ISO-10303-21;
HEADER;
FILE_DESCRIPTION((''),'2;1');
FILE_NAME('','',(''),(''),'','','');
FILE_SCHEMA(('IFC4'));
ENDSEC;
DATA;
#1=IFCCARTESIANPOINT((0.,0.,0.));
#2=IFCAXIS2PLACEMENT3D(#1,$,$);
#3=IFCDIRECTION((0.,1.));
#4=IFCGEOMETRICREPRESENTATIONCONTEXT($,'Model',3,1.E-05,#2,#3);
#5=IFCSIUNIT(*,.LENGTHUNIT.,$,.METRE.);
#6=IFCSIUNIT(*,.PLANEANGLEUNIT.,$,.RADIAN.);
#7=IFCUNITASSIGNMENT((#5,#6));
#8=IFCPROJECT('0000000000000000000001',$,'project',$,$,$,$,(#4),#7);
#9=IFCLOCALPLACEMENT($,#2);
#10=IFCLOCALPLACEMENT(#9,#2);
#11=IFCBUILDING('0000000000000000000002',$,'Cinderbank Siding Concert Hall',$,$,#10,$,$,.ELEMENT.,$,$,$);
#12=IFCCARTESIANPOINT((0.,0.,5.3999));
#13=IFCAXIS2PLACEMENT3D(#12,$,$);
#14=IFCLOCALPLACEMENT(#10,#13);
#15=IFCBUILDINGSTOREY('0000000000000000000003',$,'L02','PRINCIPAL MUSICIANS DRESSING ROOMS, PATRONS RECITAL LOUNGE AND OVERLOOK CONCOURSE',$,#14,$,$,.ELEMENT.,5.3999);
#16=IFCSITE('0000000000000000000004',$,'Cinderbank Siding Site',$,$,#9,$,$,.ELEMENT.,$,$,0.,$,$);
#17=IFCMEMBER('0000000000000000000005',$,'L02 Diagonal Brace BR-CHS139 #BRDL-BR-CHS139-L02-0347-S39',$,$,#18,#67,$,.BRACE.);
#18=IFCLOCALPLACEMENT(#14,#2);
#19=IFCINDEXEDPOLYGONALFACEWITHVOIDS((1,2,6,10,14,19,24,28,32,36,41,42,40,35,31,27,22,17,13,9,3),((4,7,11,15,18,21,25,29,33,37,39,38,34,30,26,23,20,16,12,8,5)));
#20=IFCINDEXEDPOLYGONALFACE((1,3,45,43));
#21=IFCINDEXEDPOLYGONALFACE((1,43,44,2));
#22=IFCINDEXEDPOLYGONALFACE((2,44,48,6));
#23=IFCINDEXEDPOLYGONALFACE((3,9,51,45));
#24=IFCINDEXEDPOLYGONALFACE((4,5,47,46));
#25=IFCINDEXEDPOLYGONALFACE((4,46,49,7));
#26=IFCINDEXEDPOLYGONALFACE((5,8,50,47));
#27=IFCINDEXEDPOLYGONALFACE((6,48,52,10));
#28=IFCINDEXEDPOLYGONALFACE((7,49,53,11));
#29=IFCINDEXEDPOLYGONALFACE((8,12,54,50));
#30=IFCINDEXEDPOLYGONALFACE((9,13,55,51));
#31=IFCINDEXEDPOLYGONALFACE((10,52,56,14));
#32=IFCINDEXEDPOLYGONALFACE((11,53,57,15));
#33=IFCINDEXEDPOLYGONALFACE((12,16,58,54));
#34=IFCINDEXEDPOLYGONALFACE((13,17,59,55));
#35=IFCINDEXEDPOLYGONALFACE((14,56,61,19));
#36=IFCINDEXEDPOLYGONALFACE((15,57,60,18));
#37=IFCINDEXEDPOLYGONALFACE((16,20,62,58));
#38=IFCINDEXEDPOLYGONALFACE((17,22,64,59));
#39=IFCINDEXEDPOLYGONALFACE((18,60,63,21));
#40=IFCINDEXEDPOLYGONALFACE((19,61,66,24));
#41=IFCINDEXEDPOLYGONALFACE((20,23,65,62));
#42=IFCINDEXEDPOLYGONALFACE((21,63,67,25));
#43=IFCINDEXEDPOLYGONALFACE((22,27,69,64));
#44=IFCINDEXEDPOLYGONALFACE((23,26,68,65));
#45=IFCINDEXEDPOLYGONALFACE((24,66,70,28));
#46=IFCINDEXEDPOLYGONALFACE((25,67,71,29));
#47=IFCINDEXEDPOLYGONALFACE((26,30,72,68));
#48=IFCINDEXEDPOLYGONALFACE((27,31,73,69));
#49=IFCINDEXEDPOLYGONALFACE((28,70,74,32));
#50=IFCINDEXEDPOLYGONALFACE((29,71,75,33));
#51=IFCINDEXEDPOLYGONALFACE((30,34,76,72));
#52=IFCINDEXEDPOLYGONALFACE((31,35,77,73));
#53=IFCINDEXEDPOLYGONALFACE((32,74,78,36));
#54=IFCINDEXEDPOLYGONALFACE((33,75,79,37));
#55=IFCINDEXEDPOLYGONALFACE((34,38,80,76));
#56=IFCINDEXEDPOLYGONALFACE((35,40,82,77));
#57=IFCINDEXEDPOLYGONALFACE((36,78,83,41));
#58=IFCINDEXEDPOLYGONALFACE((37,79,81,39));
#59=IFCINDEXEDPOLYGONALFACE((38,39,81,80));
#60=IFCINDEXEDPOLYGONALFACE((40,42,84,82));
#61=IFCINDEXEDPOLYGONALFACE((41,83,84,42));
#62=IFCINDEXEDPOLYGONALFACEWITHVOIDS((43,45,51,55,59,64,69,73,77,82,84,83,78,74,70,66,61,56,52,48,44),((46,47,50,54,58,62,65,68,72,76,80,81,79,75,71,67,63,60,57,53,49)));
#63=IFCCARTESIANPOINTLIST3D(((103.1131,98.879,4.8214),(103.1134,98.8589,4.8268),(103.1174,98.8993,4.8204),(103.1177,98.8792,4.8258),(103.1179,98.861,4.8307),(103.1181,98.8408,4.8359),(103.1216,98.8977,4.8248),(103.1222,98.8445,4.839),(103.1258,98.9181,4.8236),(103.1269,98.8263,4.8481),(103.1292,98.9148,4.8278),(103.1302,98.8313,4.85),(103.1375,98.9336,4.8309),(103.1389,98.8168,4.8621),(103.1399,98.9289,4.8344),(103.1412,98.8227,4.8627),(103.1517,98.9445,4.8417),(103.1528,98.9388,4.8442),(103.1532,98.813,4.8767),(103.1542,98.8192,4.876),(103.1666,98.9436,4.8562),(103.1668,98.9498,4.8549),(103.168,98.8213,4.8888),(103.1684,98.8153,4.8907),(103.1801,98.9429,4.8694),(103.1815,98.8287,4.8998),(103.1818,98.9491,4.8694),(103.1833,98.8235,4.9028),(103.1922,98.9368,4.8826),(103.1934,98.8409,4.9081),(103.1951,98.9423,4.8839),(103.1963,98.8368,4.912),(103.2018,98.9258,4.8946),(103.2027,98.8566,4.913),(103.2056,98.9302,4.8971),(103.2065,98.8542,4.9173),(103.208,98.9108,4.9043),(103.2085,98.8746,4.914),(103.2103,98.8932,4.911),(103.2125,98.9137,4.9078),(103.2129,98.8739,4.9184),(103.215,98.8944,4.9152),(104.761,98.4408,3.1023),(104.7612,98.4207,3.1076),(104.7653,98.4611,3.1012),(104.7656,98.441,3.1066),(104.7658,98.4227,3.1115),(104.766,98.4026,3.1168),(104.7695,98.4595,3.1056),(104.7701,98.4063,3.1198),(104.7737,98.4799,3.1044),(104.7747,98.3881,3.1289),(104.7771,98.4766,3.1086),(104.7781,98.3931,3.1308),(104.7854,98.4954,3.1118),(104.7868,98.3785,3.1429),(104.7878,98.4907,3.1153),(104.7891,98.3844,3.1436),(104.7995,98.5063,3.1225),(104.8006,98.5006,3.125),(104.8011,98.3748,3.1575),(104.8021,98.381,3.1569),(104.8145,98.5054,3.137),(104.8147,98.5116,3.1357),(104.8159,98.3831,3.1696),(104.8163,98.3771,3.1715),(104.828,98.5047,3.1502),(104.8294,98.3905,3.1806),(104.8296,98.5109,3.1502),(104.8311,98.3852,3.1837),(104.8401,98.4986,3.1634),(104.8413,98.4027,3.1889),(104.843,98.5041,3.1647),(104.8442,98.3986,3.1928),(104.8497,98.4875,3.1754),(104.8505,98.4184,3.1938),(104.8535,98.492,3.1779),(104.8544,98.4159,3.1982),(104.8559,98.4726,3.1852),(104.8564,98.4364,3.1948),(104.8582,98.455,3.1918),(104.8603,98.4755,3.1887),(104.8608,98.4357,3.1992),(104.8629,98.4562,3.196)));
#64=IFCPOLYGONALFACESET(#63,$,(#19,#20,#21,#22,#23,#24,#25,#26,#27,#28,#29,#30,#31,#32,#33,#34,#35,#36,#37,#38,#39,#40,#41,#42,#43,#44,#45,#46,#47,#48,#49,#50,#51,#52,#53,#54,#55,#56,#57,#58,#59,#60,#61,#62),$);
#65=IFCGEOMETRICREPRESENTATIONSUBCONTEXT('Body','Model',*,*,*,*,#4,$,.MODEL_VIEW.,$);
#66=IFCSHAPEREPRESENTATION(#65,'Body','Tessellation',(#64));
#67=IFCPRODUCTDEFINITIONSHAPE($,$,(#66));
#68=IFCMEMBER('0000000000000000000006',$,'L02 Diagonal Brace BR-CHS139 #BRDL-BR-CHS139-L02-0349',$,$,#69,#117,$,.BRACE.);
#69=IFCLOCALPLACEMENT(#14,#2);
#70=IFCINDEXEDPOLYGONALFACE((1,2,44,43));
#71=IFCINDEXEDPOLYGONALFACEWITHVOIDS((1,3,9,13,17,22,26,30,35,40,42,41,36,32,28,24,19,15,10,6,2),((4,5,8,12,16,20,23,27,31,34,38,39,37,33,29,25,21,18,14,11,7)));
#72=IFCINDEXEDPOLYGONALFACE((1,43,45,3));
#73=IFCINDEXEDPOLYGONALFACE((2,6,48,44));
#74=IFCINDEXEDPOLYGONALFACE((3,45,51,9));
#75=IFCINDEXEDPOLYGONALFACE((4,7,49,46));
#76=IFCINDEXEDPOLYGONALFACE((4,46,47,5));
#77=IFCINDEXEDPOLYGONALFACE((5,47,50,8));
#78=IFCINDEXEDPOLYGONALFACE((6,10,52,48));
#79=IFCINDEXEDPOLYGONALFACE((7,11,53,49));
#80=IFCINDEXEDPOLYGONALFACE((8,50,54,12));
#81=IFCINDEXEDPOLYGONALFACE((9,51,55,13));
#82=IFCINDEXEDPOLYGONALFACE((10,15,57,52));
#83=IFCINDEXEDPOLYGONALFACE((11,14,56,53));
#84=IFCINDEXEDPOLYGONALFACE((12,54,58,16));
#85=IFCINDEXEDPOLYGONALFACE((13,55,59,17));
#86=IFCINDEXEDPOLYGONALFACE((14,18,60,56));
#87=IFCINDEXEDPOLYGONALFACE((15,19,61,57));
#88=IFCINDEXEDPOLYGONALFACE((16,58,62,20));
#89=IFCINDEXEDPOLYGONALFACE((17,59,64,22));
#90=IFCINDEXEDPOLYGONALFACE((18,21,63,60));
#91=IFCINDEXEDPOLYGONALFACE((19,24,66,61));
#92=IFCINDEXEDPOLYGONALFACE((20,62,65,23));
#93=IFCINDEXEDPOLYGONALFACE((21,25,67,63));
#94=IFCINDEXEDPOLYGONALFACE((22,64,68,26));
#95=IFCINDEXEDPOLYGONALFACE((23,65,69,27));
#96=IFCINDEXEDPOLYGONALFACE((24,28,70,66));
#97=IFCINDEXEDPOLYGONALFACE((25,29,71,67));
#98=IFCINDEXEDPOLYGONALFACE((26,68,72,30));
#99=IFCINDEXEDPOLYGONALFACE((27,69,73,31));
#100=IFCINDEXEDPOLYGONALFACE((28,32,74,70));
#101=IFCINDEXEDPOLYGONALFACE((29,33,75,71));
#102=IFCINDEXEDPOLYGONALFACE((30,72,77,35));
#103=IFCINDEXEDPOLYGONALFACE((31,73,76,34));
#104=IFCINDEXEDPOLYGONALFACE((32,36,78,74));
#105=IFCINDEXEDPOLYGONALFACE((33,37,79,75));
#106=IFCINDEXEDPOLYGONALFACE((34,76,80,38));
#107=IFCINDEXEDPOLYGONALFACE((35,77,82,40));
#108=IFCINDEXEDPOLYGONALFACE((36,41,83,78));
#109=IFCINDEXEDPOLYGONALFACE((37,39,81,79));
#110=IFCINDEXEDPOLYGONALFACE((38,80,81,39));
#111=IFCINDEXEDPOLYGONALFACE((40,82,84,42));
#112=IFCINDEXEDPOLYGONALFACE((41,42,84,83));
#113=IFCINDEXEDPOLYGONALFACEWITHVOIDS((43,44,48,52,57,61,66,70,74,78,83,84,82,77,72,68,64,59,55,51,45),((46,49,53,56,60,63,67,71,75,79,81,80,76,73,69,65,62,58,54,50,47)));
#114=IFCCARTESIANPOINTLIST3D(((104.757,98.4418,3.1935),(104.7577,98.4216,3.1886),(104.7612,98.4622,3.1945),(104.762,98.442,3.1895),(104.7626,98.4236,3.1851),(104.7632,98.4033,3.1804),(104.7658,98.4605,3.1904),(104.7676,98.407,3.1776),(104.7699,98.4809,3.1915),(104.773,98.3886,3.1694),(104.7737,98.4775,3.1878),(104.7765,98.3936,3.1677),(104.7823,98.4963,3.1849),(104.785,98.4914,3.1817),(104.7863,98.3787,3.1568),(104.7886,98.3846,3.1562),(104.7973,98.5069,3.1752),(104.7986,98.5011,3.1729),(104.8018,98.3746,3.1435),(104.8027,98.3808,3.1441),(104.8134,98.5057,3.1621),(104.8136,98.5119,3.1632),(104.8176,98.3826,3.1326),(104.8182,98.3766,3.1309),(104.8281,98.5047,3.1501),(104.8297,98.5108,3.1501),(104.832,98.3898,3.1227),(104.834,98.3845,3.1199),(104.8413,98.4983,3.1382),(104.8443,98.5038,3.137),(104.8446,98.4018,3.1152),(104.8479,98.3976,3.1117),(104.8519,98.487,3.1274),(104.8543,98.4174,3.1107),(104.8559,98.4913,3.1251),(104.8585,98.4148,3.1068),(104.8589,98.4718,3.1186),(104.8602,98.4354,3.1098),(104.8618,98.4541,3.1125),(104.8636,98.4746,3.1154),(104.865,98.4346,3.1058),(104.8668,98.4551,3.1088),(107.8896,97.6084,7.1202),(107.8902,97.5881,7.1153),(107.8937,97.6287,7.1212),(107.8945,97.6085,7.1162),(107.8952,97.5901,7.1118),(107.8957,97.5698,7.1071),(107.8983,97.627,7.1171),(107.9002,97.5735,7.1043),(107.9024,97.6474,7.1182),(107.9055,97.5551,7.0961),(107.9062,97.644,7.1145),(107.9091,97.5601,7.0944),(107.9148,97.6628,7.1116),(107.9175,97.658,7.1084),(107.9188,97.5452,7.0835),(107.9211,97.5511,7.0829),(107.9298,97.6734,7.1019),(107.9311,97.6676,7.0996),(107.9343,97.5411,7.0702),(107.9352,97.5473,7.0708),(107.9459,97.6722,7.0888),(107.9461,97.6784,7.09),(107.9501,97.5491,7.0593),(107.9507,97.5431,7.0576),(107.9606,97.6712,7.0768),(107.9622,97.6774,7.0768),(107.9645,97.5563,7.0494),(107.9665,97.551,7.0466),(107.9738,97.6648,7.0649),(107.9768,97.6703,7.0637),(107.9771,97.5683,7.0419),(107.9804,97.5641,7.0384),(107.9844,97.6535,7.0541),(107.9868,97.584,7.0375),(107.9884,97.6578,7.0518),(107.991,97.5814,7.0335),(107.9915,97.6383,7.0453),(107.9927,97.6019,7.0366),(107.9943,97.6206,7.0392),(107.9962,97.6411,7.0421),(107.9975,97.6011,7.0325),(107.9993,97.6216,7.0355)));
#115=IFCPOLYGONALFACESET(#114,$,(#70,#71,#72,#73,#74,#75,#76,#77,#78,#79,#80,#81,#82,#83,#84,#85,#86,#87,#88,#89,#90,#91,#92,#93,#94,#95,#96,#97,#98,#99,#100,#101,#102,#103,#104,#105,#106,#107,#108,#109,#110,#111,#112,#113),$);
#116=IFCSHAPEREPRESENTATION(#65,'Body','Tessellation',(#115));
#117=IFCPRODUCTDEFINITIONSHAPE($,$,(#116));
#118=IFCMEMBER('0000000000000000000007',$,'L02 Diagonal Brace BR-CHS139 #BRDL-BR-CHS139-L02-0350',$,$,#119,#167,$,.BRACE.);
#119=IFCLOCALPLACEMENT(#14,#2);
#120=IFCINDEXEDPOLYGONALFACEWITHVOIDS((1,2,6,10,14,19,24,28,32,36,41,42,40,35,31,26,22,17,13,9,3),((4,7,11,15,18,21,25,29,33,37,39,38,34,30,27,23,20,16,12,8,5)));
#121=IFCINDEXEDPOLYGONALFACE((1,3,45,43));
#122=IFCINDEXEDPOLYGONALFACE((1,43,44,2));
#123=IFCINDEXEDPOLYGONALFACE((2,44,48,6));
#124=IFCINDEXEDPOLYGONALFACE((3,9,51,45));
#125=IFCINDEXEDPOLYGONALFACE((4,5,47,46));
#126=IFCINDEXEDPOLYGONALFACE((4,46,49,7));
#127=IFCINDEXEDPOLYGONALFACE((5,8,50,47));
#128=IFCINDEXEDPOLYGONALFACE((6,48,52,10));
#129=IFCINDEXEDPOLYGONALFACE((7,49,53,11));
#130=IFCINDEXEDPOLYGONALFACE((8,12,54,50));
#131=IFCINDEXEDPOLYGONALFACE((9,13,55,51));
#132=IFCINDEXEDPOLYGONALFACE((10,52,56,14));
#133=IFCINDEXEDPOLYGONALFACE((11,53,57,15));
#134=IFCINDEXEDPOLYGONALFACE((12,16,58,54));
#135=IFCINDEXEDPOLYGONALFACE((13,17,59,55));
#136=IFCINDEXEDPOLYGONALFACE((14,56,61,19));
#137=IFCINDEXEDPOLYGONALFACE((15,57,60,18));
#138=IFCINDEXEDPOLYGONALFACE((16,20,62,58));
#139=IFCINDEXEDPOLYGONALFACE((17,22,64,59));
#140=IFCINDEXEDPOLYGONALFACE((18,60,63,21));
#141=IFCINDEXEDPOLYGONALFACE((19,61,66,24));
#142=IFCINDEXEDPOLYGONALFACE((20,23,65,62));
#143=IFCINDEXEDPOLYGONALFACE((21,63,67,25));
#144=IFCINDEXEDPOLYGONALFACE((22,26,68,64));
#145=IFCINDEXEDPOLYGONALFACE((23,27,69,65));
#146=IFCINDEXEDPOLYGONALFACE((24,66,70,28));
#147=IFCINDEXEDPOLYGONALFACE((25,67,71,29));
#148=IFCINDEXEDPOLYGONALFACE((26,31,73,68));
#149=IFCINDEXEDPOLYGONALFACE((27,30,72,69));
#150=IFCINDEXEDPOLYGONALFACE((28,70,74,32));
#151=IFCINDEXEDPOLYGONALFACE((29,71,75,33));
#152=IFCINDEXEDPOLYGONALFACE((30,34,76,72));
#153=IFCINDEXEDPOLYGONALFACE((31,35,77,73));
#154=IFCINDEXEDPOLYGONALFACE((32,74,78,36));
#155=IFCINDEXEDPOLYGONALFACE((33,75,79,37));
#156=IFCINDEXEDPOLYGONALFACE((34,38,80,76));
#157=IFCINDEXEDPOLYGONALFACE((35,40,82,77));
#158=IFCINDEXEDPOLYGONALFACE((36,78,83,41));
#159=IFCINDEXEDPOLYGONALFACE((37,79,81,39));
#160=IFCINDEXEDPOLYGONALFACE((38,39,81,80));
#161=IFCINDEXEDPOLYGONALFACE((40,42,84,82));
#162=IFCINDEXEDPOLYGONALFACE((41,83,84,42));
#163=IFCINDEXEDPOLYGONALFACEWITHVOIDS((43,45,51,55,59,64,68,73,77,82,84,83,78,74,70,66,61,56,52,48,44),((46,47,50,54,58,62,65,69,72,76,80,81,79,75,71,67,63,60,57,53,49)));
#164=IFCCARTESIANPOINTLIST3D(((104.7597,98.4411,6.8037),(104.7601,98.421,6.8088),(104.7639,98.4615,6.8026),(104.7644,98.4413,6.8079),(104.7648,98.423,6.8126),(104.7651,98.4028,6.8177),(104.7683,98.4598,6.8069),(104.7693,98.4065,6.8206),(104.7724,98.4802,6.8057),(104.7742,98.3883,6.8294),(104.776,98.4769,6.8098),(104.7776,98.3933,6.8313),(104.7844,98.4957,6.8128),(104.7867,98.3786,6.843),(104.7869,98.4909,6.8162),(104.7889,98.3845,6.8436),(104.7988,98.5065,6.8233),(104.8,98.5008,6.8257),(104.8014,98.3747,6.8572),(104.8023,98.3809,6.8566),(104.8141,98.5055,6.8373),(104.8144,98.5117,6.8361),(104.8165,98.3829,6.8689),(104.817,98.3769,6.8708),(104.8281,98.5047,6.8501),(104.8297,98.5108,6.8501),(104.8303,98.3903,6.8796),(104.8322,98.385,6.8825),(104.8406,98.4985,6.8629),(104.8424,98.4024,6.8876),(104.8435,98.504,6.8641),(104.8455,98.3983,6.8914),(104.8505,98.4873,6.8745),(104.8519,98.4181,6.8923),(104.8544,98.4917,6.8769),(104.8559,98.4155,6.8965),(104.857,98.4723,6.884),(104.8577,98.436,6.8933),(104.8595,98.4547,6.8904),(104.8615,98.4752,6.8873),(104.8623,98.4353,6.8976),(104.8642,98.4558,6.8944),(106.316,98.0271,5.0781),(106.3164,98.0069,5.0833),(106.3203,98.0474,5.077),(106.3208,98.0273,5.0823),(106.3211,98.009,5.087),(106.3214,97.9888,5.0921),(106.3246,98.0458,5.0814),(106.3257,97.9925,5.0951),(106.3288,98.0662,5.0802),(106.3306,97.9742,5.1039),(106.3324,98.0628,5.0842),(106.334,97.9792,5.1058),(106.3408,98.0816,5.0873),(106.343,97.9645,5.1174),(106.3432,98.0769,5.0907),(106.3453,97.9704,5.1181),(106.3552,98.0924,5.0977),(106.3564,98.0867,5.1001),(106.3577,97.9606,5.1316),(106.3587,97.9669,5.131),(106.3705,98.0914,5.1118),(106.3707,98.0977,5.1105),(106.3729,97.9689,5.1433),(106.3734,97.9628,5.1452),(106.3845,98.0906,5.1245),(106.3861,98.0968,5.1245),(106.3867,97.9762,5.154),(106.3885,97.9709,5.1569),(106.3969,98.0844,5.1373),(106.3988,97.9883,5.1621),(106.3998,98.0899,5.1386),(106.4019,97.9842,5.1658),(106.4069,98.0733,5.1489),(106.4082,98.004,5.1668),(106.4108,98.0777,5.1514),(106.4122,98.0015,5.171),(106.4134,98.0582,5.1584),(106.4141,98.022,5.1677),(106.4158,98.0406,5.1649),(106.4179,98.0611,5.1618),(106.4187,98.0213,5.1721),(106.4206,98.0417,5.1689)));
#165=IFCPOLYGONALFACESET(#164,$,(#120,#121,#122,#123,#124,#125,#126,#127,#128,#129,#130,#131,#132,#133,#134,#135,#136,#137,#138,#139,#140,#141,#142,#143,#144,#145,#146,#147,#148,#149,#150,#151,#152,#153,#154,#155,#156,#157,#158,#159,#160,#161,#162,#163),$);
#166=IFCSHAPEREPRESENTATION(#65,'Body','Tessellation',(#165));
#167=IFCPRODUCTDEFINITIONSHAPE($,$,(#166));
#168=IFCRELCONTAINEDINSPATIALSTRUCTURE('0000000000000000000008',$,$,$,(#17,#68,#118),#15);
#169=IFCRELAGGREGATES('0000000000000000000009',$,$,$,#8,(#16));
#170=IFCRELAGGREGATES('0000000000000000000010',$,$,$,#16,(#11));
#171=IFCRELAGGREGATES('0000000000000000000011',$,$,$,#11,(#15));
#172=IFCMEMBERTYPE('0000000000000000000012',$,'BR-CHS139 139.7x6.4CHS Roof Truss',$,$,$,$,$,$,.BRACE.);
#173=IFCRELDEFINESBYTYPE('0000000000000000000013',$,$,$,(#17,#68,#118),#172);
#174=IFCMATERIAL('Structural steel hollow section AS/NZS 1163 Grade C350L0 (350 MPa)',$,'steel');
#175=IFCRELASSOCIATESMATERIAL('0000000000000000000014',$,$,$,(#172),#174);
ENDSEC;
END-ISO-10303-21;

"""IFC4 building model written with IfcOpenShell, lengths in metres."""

from ifc_helpers import new_model, si_unit, direction, frame, origin, origin_2d, place, context, subcontext, project, spatial, hollow_circle, extrude, material, material_profile, profile_set, type_object, element, save


model = new_model("IFC4")

# Units and contexts
model_context = context("Model", 3, precision=1e-05, world=origin(), true_north=direction((0.0, 1.0)))
body_context = subcontext(model_context, "Body", "Model", "MODEL_VIEW")
ifc_project = project(units=[si_unit("LENGTHUNIT", "METRE"), si_unit("PLANEANGLEUNIT", "RADIAN")], contexts=[model_context])

# Site, building, storey
site_placement = place(None, origin())
site = spatial("IfcSite", under=ifc_project, at=site_placement, Name="Cinderbank Siding Site", CompositionType="ELEMENT", RefElevation=0.0)
building_placement = place(site_placement, origin())
building = spatial("IfcBuilding", under=site, at=building_placement, Name="Cinderbank Siding Concert Hall", CompositionType="ELEMENT")
storey_placement = place(building_placement, frame((0.0, 0.0, 5.3999)))
storey = spatial("IfcBuildingStorey", under=building, at=storey_placement, Name="L02", Description="PRINCIPAL MUSICIANS DRESSING ROOMS, PATRONS RECITAL LOUNGE AND OVERLOOK CONCOURSE", CompositionType="ELEMENT", Elevation=5.3999)

# Members
ifc_material_1 = material(Name="Structural steel hollow section AS/NZS 1163 Grade C350L0 (350 MPa)", Category="steel")
ifc_material_profile_1 = material_profile(ifc_material_1, hollow_circle(Radius=0.0698, WallThickness=0.0063, at=origin_2d()), Name="139.7x6.4CHS", Category="LoadBearing")
ifc_profile_set_1 = profile_set([ifc_material_profile_1], Name="Structural steel hollow section AS/NZS 1163 Grade C350L0 (350 MPa)")
member_type_1 = type_object("IfcMemberType", Name="BR-CHS139 139.7x6.4CHS Roof Truss", PredefinedType="BRACE", material=ifc_profile_set_1)
member_1_placement = place(storey_placement, frame((103.1638, 98.8816, 4.8694), z_axis=(0.680555, -0.180977, -0.709995), x_axis=(0.256994, 0.966413, 0.0)))
element("IfcMember", 1, at=member_1_placement, inside=storey, type_object=member_type_1, Name="L02 Diagonal Brace BR-CHS139 #BRDL-BR-CHS139-L02-0347-S39", PredefinedType="BRACE", context=body_context, shape_type="SweptSolid", body=[
    extrude(hollow_circle(Radius=0.0698, WallThickness=0.0063, at=origin_2d()), origin(), (0.0, 0.0, 1.0), 2.4214),
])
member_2_placement = place(storey_placement, frame((104.8118, 98.4434, 3.1501), z_axis=(0.61521, -0.163692, 0.771182), x_axis=(0.257128, 0.966377, 0.0)))
element("IfcMember", 2, at=member_2_placement, inside=storey, type_object=member_type_1, Name="L02 Diagonal Brace BR-CHS139 #BRDL-BR-CHS139-L02-0349", PredefinedType="BRACE", context=body_context, shape_type="SweptSolid", body=[
    extrude(hollow_circle(Radius=0.0698, WallThickness=0.0063, at=origin_2d()), origin(), (0.0, 0.0, 1.0), 5.0918),
])
member_3_placement = place(storey_placement, frame((104.8118, 98.4434, 6.8501), z_axis=(0.65938, -0.175421, -0.731058), x_axis=(0.257097, 0.966386, 0.0)))
element("IfcMember", 3, at=member_3_placement, inside=storey, type_object=member_type_1, Name="L02 Diagonal Brace BR-CHS139 #BRDL-BR-CHS139-L02-0350", PredefinedType="BRACE", context=body_context, shape_type="SweptSolid", body=[
    extrude(hollow_circle(Radius=0.0698, WallThickness=0.0063, at=origin_2d()), origin(), (0.0, 0.0, 1.0), 2.3604),
])

save(model, "model.ifc")
